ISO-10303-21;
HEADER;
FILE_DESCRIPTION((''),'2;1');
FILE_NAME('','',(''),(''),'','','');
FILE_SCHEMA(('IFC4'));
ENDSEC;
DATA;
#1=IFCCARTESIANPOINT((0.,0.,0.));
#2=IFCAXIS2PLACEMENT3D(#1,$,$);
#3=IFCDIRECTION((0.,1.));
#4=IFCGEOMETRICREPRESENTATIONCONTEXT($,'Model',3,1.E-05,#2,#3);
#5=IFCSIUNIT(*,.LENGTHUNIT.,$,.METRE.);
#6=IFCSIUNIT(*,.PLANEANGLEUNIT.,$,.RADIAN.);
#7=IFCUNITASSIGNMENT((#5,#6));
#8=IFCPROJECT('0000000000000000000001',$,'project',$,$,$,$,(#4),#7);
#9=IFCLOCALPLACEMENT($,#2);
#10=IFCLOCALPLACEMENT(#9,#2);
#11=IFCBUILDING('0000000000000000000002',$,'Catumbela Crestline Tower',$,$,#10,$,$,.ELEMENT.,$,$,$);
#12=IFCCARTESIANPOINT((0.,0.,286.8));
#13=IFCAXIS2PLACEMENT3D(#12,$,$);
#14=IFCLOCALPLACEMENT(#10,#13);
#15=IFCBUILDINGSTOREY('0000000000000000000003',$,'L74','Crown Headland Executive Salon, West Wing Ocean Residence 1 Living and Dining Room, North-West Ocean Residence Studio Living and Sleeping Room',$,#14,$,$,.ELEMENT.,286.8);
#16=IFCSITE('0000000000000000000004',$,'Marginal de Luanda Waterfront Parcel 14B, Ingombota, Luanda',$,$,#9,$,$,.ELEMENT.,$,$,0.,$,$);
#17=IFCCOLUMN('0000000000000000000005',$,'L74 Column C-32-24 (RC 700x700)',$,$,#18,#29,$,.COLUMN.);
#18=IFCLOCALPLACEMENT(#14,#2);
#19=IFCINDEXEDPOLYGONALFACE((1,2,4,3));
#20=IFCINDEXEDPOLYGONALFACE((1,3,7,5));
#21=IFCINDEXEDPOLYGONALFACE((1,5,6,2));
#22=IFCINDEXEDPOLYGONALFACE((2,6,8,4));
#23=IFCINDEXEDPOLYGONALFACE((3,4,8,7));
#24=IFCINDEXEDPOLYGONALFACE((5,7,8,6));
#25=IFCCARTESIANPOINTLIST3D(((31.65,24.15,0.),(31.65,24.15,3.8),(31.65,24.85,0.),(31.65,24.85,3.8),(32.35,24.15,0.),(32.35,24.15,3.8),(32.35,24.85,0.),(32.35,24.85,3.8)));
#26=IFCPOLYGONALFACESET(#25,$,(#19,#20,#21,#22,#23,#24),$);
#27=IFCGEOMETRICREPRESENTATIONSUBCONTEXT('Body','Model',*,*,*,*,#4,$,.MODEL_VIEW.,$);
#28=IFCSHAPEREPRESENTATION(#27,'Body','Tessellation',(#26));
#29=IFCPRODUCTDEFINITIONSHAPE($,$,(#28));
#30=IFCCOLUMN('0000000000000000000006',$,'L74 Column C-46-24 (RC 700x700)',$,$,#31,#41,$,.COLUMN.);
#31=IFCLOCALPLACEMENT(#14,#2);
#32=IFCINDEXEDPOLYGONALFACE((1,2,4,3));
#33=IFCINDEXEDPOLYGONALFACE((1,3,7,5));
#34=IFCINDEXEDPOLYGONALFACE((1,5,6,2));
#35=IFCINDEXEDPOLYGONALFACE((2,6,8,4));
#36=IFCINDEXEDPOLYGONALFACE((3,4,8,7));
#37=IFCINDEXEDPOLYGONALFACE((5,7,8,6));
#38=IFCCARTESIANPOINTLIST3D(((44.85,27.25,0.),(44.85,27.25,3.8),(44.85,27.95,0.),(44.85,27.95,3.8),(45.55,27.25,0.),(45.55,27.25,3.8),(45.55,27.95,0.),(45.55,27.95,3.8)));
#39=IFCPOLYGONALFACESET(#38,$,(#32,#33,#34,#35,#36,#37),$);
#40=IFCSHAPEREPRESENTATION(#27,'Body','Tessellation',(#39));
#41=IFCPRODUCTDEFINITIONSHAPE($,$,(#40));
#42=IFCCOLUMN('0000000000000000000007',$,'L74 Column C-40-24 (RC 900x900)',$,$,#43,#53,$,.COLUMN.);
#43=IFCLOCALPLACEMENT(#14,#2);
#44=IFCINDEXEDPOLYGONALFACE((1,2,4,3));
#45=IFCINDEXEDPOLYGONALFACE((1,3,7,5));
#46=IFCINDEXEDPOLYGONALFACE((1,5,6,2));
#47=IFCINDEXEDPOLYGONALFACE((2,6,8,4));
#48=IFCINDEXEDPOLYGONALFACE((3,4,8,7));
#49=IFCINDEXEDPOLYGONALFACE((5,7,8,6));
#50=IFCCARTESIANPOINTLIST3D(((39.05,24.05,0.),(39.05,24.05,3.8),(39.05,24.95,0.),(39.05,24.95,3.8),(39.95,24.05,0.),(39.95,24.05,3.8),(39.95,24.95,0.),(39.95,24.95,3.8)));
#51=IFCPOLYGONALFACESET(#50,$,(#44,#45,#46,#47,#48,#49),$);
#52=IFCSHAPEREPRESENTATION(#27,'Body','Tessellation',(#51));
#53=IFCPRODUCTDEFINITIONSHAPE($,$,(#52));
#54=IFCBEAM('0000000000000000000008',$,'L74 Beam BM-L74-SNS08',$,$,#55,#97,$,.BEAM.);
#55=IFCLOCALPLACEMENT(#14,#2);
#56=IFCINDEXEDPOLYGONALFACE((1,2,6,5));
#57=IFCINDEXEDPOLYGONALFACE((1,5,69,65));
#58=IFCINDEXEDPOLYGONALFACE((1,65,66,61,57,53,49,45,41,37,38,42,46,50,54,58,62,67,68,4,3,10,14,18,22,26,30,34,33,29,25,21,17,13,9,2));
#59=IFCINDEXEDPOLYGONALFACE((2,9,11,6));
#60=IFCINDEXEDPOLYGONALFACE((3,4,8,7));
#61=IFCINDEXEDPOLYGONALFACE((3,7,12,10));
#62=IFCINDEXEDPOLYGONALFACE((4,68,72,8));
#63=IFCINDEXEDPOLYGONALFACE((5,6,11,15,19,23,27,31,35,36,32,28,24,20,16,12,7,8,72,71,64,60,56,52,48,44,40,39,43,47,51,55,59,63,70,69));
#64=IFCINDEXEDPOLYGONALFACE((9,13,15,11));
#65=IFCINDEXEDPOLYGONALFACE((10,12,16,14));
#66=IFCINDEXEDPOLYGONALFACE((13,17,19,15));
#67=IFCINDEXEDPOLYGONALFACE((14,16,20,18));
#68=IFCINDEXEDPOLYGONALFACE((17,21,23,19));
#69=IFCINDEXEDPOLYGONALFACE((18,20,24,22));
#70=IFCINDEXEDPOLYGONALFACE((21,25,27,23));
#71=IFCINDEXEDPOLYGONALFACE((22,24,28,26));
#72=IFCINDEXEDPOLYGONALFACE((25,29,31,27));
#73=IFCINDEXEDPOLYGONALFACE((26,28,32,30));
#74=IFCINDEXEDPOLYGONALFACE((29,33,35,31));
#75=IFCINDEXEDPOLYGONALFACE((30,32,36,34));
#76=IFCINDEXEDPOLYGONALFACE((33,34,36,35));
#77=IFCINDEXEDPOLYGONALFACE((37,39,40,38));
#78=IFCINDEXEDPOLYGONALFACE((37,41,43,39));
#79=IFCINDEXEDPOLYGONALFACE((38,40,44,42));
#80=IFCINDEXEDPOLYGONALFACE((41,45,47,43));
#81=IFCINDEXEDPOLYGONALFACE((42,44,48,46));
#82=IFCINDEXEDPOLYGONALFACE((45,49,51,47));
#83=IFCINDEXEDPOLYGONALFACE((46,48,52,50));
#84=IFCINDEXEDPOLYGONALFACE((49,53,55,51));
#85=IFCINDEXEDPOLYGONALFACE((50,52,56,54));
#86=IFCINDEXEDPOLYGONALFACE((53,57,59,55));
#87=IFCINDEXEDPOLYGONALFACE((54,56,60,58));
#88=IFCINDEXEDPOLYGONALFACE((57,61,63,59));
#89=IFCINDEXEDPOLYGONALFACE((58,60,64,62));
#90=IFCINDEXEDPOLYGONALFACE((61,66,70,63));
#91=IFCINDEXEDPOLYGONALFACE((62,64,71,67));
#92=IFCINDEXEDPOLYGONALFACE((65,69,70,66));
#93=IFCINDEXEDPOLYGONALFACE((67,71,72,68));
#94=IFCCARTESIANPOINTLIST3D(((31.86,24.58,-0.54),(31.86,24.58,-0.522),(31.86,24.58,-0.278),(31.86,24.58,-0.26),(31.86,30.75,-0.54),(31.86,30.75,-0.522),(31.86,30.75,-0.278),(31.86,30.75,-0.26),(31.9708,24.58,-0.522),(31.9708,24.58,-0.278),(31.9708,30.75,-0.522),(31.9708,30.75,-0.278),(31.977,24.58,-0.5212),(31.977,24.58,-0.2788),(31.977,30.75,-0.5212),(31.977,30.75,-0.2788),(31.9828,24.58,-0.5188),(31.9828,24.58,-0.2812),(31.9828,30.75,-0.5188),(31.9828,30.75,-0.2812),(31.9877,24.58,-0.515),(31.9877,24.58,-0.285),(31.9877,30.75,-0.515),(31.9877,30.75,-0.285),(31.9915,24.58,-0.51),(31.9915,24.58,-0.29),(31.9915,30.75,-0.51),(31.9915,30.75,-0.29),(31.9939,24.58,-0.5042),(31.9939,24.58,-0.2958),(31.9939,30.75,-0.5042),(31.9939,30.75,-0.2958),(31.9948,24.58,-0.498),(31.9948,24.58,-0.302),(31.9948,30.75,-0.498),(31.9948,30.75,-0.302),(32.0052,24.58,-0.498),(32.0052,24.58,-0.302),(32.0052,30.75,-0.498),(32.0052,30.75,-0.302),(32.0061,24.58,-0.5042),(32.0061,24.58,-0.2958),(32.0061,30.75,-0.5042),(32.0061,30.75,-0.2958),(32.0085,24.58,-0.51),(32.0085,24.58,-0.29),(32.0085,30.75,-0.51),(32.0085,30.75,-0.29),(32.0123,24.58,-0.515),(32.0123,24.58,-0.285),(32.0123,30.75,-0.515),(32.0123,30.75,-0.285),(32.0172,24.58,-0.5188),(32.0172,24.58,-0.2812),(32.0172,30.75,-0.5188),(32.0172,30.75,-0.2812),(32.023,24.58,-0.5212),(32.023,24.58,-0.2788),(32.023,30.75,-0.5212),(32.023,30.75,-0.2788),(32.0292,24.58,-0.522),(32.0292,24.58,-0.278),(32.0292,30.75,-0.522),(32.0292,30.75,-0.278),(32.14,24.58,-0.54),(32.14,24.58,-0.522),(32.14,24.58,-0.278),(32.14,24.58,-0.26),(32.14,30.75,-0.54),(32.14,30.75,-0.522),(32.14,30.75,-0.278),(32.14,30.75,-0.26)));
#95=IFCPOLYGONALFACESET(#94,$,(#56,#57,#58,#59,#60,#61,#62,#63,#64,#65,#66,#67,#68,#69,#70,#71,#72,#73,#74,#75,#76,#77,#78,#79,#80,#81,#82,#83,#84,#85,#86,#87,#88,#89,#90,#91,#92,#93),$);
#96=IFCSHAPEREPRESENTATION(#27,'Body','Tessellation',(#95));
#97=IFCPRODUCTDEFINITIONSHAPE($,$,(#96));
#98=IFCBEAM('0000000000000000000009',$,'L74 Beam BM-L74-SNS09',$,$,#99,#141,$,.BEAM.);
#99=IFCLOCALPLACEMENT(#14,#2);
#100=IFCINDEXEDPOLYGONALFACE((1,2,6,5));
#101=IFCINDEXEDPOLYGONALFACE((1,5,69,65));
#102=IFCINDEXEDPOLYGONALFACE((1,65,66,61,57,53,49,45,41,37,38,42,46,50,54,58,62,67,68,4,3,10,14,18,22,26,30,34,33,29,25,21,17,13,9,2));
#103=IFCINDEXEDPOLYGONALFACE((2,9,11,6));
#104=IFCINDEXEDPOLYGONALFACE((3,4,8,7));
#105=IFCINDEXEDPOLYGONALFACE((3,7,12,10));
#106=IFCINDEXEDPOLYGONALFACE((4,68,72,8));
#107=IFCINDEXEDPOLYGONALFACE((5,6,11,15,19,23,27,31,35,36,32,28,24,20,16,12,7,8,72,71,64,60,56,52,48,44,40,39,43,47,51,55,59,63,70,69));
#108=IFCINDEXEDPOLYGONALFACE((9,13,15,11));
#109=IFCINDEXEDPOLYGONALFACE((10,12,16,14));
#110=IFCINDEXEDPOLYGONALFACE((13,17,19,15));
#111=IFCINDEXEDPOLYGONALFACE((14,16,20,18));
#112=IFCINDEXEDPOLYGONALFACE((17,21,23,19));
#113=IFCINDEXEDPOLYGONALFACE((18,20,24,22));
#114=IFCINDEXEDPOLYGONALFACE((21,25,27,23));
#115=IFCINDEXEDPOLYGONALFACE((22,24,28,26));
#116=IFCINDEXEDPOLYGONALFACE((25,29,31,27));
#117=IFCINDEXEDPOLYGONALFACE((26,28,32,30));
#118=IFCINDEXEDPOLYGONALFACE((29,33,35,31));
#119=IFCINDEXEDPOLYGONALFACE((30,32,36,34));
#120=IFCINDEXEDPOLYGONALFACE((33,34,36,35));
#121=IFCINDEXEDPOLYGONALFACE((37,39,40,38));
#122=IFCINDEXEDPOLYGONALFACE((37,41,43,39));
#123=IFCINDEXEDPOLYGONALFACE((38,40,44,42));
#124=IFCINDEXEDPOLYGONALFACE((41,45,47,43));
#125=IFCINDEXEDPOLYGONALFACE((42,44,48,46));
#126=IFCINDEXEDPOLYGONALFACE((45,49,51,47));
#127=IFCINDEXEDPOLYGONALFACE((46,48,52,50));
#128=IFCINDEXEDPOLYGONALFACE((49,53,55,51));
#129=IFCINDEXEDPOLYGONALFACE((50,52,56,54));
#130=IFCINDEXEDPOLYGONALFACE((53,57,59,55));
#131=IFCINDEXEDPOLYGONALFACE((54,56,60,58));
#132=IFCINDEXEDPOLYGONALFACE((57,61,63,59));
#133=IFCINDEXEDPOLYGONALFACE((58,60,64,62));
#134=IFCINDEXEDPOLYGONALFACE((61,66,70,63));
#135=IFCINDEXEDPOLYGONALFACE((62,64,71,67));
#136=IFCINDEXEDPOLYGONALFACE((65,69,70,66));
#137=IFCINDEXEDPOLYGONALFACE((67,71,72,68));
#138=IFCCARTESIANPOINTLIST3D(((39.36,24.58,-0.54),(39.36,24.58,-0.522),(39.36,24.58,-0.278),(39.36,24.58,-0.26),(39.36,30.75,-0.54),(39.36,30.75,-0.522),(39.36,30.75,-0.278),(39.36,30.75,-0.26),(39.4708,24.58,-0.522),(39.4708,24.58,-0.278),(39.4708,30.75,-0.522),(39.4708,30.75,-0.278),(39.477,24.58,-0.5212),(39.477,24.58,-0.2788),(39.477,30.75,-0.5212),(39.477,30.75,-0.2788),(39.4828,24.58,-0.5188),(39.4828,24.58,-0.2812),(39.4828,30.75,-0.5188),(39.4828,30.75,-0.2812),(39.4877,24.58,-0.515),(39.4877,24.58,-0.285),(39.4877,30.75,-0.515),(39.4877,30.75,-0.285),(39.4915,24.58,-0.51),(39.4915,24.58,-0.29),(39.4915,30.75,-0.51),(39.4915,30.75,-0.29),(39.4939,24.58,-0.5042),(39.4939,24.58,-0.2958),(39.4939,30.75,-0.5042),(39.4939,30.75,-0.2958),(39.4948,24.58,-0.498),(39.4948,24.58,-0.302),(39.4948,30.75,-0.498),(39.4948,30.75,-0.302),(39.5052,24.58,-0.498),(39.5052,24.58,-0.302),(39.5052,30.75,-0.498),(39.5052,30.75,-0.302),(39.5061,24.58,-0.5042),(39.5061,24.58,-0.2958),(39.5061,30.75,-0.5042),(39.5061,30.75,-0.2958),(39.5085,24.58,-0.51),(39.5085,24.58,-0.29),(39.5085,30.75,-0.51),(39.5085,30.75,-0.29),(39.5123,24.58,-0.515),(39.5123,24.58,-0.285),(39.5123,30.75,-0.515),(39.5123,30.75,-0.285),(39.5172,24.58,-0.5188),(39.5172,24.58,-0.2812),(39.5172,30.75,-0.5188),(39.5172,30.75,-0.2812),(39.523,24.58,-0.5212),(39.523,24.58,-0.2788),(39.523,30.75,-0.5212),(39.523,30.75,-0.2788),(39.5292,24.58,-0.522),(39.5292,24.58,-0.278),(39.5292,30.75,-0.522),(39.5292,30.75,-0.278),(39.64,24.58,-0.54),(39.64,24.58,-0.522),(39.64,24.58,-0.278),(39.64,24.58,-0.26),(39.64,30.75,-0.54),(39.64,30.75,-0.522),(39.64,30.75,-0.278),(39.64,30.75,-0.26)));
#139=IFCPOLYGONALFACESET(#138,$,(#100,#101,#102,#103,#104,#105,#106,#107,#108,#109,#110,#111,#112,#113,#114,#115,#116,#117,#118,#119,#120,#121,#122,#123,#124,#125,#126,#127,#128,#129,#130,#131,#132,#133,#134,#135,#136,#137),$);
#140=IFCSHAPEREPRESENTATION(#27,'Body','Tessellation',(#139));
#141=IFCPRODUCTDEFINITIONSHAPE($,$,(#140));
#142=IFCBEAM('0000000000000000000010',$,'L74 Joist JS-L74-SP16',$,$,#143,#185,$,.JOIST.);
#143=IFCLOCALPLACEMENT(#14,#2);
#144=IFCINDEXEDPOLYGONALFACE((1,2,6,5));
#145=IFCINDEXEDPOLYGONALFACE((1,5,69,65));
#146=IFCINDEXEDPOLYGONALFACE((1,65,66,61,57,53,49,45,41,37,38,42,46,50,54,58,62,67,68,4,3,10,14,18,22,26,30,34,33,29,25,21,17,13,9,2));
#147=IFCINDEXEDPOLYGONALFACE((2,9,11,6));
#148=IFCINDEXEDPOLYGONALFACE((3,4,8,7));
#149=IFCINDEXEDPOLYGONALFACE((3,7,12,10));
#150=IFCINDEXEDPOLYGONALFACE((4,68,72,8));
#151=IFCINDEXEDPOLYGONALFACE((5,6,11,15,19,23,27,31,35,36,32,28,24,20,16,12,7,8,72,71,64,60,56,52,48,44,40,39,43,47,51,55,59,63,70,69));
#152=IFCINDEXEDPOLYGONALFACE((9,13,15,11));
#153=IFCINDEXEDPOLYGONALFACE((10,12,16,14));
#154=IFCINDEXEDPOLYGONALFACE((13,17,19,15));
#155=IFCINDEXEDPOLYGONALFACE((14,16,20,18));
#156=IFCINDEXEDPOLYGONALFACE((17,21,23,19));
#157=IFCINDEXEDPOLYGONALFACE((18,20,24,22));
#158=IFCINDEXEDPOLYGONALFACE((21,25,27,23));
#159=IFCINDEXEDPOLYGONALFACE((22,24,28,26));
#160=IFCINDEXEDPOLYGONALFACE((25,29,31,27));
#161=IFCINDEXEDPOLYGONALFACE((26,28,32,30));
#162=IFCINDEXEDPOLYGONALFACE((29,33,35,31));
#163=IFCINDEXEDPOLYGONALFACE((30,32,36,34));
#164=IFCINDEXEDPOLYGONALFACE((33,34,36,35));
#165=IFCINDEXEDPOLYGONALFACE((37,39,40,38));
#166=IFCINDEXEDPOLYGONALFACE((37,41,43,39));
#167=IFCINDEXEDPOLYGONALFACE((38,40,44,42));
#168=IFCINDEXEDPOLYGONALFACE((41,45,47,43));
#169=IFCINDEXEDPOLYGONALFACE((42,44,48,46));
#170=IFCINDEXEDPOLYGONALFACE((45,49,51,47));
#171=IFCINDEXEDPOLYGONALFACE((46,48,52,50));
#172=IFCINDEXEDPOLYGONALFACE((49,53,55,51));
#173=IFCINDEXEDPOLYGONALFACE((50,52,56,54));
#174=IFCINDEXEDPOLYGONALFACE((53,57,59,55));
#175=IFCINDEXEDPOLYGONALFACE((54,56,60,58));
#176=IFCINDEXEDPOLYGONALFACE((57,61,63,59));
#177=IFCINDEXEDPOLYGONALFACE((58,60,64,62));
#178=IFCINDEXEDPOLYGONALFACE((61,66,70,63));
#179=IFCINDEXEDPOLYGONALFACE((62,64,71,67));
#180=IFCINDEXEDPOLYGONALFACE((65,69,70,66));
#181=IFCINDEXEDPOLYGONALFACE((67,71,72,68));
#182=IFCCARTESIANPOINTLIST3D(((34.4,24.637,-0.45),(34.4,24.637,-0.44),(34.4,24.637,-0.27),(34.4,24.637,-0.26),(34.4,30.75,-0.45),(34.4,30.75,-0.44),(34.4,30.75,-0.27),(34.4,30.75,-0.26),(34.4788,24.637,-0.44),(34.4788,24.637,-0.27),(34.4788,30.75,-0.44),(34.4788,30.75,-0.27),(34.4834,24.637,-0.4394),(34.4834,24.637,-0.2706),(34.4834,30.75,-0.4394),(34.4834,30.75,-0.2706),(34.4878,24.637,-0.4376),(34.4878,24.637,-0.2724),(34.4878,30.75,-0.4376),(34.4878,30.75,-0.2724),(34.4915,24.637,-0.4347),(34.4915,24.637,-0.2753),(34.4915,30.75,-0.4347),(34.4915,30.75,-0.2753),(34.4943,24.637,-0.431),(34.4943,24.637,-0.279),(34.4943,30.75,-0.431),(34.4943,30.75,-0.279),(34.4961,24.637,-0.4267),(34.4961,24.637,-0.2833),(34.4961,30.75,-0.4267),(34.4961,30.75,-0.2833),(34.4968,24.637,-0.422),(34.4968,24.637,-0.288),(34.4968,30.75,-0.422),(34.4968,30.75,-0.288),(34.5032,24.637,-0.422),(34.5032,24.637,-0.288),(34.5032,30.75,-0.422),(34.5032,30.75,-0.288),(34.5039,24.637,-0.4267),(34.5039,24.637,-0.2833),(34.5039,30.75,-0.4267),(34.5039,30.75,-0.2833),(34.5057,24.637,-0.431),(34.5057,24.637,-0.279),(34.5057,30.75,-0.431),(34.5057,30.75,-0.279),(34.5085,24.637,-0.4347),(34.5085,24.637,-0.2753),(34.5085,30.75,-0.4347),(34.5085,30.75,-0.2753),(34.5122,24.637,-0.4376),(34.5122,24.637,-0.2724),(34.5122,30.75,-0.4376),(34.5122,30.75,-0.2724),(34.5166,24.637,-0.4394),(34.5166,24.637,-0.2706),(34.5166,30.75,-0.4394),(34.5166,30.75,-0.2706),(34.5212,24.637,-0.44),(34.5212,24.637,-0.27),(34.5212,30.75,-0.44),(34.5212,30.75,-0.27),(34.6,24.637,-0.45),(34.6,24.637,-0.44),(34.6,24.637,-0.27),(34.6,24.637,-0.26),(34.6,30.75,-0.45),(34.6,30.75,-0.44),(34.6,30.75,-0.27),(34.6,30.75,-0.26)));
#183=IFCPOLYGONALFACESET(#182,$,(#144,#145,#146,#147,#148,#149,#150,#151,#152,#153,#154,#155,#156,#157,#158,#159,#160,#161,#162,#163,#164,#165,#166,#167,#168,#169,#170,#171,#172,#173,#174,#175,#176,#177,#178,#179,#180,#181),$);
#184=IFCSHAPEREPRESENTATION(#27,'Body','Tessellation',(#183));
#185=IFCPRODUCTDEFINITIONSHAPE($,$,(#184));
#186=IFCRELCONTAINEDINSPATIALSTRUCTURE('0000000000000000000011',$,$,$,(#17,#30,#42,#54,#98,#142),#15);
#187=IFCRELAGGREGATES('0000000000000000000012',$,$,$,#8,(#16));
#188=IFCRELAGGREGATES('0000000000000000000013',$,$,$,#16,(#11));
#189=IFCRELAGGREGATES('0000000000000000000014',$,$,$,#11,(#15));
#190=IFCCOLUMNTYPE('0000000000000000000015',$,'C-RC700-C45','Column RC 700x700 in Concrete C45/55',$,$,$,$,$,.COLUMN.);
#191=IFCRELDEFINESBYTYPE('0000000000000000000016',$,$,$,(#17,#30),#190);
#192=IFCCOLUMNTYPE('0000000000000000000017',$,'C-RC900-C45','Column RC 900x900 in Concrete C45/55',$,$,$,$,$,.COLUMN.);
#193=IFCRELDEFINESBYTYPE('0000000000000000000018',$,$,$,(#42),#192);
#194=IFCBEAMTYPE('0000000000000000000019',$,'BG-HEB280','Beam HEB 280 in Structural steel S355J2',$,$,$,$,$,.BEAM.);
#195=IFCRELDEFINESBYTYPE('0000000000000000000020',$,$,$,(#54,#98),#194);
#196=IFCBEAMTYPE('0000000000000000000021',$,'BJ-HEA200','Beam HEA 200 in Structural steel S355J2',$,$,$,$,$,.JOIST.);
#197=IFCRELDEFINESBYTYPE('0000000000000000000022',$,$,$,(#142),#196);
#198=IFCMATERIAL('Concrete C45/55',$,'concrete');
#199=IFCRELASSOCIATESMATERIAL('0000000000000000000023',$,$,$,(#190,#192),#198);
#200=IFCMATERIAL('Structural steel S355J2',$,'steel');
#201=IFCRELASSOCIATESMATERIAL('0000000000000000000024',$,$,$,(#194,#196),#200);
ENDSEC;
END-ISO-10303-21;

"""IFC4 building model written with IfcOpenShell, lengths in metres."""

from ifc_helpers import new_model, si_unit, direction, frame, origin, origin_2d, place, context, subcontext, project, spatial, rectangle, i_section, extrude, material, material_profile, profile_set, type_object, element, save


model = new_model("IFC4")

# Units and contexts
model_context = context("Model", 3, precision=1e-05, world=origin(), true_north=direction((0.0, 1.0)))
body_context = subcontext(model_context, "Body", "Model", "MODEL_VIEW")
ifc_project = project(units=[si_unit("LENGTHUNIT", "METRE"), si_unit("PLANEANGLEUNIT", "RADIAN")], contexts=[model_context])

# Site, building, storey
site_placement = place(None, origin())
site = spatial("IfcSite", under=ifc_project, at=site_placement, Name="Marginal de Luanda Waterfront Parcel 14B, Ingombota, Luanda", CompositionType="ELEMENT", RefElevation=0.0)
building_placement = place(site_placement, origin())
building = spatial("IfcBuilding", under=site, at=building_placement, Name="Catumbela Crestline Tower", CompositionType="ELEMENT")
storey_placement = place(building_placement, frame((0.0, 0.0, 286.8)))
storey = spatial("IfcBuildingStorey", under=building, at=storey_placement, Name="L74", Description="Crown Headland Executive Salon, West Wing Ocean Residence 1 Living and Dining Room, North-West Ocean Residence Studio Living and Sleeping Room", CompositionType="ELEMENT", Elevation=286.8)

# Columns
ifc_material_1 = material(Name="Concrete C45/55", Category="concrete")
ifc_material_profile_1 = material_profile(ifc_material_1, rectangle(XDim=0.7, YDim=0.7, at=origin_2d()), Name="RC 700x700")
ifc_profile_set_1 = profile_set([ifc_material_profile_1], Name="Concrete C45/55")
column_type_1 = type_object("IfcColumnType", Name="C-RC700-C45", Description="Column RC 700x700 in Concrete C45/55", PredefinedType="COLUMN", material=ifc_profile_set_1)
for number, where, z_axis, x_axis, name in (
    (1, (32.0, 24.5, 0.0), (0.0, 0.0, 1.0), (1.0, 0.0, 0.0), "L74 Column C-32-24 (RC 700x700)"),
    (2, (45.2, 27.6, 0.0), (0.0, 0.0, 1.0), (1.0, 0.0, 0.0), "L74 Column C-46-24 (RC 700x700)"),
):
    element("IfcColumn", number, at=place(storey_placement, frame(where, z_axis=z_axis, x_axis=x_axis)), inside=storey, type_object=column_type_1, Name=name, PredefinedType="COLUMN", context=body_context, shape_type="SweptSolid", body=[
        extrude(rectangle(XDim=0.7, YDim=0.7, at=origin_2d()), origin(), (0.0, 0.0, 1.0), 3.8),
    ])
ifc_material_profile_2 = material_profile(ifc_material_1, rectangle(XDim=0.9, YDim=0.9, at=origin_2d()), Name="RC 900x900")
ifc_profile_set_2 = profile_set([ifc_material_profile_2], Name="Concrete C45/55")
column_type_2 = type_object("IfcColumnType", Name="C-RC900-C45", Description="Column RC 900x900 in Concrete C45/55", PredefinedType="COLUMN", material=ifc_profile_set_2)
column_placement = place(storey_placement, frame((39.5, 24.5, 0.0), z_axis=(0.0, 0.0, 1.0), x_axis=(1.0, 0.0, 0.0)))
element("IfcColumn", 3, at=column_placement, inside=storey, type_object=column_type_2, Name="L74 Column C-40-24 (RC 900x900)", PredefinedType="COLUMN", context=body_context, shape_type="SweptSolid", body=[
    extrude(rectangle(XDim=0.9, YDim=0.9, at=origin_2d()), origin(), (0.0, 0.0, 1.0), 3.8),
])

# Beams
ifc_material_2 = material(Name="Structural steel S355J2", Category="steel")
ifc_material_profile_3 = material_profile(ifc_material_2, i_section(OverallWidth=0.28, OverallDepth=0.28, WebThickness=0.0105, FlangeThickness=0.018, FilletRadius=0.024, at=origin_2d()), Name="HEB 280")
ifc_profile_set_3 = profile_set([ifc_material_profile_3], Name="Structural steel S355J2")
beam_type_1 = type_object("IfcBeamType", Name="BG-HEB280", Description="Beam HEB 280 in Structural steel S355J2", PredefinedType="BEAM", material=ifc_profile_set_3)
for number, where, z_axis, x_axis, name in (
    (4, (32.0, 24.58, -0.4), (0.0, 1.0, 0.0), (-1.0, 0.0, 0.0), "L74 Beam BM-L74-SNS08"),
    (5, (39.5, 24.58, -0.4), (0.0, 1.0, 0.0), (-1.0, 0.0, 0.0), "L74 Beam BM-L74-SNS09"),
):
    element("IfcBeam", number, at=place(storey_placement, frame(where, z_axis=z_axis, x_axis=x_axis)), inside=storey, type_object=beam_type_1, Name=name, PredefinedType="BEAM", context=body_context, shape_type="SweptSolid", body=[
        extrude(i_section(OverallWidth=0.28, OverallDepth=0.28, WebThickness=0.0105, FlangeThickness=0.018, FilletRadius=0.024, at=origin_2d()), origin(), (0.0, 0.0, 1.0), 6.17),
    ])
ifc_material_profile_4 = material_profile(ifc_material_2, i_section(OverallWidth=0.2, OverallDepth=0.19, WebThickness=0.0065, FlangeThickness=0.01, FilletRadius=0.018, at=origin_2d()), Name="HEA 200")
ifc_profile_set_4 = profile_set([ifc_material_profile_4], Name="Structural steel S355J2")
beam_type_2 = type_object("IfcBeamType", Name="BJ-HEA200", Description="Beam HEA 200 in Structural steel S355J2", PredefinedType="JOIST", material=ifc_profile_set_4)
for number, where, z_axis, x_axis, name in (
    (6, (34.5, 24.637, -0.355), (0.0, 1.0, 0.0), (-1.0, 0.0, 0.0), "L74 Joist JS-L74-SP16"),
):
    element("IfcBeam", number, at=place(storey_placement, frame(where, z_axis=z_axis, x_axis=x_axis)), inside=storey, type_object=beam_type_2, Name=name, PredefinedType="JOIST", context=body_context, shape_type="SweptSolid", body=[
        extrude(i_section(OverallWidth=0.2, OverallDepth=0.19, WebThickness=0.0065, FlangeThickness=0.01, FilletRadius=0.018, at=origin_2d()), origin(), (0.0, 0.0, 1.0), 6.113),
    ])

save(model, "model.ifc")
